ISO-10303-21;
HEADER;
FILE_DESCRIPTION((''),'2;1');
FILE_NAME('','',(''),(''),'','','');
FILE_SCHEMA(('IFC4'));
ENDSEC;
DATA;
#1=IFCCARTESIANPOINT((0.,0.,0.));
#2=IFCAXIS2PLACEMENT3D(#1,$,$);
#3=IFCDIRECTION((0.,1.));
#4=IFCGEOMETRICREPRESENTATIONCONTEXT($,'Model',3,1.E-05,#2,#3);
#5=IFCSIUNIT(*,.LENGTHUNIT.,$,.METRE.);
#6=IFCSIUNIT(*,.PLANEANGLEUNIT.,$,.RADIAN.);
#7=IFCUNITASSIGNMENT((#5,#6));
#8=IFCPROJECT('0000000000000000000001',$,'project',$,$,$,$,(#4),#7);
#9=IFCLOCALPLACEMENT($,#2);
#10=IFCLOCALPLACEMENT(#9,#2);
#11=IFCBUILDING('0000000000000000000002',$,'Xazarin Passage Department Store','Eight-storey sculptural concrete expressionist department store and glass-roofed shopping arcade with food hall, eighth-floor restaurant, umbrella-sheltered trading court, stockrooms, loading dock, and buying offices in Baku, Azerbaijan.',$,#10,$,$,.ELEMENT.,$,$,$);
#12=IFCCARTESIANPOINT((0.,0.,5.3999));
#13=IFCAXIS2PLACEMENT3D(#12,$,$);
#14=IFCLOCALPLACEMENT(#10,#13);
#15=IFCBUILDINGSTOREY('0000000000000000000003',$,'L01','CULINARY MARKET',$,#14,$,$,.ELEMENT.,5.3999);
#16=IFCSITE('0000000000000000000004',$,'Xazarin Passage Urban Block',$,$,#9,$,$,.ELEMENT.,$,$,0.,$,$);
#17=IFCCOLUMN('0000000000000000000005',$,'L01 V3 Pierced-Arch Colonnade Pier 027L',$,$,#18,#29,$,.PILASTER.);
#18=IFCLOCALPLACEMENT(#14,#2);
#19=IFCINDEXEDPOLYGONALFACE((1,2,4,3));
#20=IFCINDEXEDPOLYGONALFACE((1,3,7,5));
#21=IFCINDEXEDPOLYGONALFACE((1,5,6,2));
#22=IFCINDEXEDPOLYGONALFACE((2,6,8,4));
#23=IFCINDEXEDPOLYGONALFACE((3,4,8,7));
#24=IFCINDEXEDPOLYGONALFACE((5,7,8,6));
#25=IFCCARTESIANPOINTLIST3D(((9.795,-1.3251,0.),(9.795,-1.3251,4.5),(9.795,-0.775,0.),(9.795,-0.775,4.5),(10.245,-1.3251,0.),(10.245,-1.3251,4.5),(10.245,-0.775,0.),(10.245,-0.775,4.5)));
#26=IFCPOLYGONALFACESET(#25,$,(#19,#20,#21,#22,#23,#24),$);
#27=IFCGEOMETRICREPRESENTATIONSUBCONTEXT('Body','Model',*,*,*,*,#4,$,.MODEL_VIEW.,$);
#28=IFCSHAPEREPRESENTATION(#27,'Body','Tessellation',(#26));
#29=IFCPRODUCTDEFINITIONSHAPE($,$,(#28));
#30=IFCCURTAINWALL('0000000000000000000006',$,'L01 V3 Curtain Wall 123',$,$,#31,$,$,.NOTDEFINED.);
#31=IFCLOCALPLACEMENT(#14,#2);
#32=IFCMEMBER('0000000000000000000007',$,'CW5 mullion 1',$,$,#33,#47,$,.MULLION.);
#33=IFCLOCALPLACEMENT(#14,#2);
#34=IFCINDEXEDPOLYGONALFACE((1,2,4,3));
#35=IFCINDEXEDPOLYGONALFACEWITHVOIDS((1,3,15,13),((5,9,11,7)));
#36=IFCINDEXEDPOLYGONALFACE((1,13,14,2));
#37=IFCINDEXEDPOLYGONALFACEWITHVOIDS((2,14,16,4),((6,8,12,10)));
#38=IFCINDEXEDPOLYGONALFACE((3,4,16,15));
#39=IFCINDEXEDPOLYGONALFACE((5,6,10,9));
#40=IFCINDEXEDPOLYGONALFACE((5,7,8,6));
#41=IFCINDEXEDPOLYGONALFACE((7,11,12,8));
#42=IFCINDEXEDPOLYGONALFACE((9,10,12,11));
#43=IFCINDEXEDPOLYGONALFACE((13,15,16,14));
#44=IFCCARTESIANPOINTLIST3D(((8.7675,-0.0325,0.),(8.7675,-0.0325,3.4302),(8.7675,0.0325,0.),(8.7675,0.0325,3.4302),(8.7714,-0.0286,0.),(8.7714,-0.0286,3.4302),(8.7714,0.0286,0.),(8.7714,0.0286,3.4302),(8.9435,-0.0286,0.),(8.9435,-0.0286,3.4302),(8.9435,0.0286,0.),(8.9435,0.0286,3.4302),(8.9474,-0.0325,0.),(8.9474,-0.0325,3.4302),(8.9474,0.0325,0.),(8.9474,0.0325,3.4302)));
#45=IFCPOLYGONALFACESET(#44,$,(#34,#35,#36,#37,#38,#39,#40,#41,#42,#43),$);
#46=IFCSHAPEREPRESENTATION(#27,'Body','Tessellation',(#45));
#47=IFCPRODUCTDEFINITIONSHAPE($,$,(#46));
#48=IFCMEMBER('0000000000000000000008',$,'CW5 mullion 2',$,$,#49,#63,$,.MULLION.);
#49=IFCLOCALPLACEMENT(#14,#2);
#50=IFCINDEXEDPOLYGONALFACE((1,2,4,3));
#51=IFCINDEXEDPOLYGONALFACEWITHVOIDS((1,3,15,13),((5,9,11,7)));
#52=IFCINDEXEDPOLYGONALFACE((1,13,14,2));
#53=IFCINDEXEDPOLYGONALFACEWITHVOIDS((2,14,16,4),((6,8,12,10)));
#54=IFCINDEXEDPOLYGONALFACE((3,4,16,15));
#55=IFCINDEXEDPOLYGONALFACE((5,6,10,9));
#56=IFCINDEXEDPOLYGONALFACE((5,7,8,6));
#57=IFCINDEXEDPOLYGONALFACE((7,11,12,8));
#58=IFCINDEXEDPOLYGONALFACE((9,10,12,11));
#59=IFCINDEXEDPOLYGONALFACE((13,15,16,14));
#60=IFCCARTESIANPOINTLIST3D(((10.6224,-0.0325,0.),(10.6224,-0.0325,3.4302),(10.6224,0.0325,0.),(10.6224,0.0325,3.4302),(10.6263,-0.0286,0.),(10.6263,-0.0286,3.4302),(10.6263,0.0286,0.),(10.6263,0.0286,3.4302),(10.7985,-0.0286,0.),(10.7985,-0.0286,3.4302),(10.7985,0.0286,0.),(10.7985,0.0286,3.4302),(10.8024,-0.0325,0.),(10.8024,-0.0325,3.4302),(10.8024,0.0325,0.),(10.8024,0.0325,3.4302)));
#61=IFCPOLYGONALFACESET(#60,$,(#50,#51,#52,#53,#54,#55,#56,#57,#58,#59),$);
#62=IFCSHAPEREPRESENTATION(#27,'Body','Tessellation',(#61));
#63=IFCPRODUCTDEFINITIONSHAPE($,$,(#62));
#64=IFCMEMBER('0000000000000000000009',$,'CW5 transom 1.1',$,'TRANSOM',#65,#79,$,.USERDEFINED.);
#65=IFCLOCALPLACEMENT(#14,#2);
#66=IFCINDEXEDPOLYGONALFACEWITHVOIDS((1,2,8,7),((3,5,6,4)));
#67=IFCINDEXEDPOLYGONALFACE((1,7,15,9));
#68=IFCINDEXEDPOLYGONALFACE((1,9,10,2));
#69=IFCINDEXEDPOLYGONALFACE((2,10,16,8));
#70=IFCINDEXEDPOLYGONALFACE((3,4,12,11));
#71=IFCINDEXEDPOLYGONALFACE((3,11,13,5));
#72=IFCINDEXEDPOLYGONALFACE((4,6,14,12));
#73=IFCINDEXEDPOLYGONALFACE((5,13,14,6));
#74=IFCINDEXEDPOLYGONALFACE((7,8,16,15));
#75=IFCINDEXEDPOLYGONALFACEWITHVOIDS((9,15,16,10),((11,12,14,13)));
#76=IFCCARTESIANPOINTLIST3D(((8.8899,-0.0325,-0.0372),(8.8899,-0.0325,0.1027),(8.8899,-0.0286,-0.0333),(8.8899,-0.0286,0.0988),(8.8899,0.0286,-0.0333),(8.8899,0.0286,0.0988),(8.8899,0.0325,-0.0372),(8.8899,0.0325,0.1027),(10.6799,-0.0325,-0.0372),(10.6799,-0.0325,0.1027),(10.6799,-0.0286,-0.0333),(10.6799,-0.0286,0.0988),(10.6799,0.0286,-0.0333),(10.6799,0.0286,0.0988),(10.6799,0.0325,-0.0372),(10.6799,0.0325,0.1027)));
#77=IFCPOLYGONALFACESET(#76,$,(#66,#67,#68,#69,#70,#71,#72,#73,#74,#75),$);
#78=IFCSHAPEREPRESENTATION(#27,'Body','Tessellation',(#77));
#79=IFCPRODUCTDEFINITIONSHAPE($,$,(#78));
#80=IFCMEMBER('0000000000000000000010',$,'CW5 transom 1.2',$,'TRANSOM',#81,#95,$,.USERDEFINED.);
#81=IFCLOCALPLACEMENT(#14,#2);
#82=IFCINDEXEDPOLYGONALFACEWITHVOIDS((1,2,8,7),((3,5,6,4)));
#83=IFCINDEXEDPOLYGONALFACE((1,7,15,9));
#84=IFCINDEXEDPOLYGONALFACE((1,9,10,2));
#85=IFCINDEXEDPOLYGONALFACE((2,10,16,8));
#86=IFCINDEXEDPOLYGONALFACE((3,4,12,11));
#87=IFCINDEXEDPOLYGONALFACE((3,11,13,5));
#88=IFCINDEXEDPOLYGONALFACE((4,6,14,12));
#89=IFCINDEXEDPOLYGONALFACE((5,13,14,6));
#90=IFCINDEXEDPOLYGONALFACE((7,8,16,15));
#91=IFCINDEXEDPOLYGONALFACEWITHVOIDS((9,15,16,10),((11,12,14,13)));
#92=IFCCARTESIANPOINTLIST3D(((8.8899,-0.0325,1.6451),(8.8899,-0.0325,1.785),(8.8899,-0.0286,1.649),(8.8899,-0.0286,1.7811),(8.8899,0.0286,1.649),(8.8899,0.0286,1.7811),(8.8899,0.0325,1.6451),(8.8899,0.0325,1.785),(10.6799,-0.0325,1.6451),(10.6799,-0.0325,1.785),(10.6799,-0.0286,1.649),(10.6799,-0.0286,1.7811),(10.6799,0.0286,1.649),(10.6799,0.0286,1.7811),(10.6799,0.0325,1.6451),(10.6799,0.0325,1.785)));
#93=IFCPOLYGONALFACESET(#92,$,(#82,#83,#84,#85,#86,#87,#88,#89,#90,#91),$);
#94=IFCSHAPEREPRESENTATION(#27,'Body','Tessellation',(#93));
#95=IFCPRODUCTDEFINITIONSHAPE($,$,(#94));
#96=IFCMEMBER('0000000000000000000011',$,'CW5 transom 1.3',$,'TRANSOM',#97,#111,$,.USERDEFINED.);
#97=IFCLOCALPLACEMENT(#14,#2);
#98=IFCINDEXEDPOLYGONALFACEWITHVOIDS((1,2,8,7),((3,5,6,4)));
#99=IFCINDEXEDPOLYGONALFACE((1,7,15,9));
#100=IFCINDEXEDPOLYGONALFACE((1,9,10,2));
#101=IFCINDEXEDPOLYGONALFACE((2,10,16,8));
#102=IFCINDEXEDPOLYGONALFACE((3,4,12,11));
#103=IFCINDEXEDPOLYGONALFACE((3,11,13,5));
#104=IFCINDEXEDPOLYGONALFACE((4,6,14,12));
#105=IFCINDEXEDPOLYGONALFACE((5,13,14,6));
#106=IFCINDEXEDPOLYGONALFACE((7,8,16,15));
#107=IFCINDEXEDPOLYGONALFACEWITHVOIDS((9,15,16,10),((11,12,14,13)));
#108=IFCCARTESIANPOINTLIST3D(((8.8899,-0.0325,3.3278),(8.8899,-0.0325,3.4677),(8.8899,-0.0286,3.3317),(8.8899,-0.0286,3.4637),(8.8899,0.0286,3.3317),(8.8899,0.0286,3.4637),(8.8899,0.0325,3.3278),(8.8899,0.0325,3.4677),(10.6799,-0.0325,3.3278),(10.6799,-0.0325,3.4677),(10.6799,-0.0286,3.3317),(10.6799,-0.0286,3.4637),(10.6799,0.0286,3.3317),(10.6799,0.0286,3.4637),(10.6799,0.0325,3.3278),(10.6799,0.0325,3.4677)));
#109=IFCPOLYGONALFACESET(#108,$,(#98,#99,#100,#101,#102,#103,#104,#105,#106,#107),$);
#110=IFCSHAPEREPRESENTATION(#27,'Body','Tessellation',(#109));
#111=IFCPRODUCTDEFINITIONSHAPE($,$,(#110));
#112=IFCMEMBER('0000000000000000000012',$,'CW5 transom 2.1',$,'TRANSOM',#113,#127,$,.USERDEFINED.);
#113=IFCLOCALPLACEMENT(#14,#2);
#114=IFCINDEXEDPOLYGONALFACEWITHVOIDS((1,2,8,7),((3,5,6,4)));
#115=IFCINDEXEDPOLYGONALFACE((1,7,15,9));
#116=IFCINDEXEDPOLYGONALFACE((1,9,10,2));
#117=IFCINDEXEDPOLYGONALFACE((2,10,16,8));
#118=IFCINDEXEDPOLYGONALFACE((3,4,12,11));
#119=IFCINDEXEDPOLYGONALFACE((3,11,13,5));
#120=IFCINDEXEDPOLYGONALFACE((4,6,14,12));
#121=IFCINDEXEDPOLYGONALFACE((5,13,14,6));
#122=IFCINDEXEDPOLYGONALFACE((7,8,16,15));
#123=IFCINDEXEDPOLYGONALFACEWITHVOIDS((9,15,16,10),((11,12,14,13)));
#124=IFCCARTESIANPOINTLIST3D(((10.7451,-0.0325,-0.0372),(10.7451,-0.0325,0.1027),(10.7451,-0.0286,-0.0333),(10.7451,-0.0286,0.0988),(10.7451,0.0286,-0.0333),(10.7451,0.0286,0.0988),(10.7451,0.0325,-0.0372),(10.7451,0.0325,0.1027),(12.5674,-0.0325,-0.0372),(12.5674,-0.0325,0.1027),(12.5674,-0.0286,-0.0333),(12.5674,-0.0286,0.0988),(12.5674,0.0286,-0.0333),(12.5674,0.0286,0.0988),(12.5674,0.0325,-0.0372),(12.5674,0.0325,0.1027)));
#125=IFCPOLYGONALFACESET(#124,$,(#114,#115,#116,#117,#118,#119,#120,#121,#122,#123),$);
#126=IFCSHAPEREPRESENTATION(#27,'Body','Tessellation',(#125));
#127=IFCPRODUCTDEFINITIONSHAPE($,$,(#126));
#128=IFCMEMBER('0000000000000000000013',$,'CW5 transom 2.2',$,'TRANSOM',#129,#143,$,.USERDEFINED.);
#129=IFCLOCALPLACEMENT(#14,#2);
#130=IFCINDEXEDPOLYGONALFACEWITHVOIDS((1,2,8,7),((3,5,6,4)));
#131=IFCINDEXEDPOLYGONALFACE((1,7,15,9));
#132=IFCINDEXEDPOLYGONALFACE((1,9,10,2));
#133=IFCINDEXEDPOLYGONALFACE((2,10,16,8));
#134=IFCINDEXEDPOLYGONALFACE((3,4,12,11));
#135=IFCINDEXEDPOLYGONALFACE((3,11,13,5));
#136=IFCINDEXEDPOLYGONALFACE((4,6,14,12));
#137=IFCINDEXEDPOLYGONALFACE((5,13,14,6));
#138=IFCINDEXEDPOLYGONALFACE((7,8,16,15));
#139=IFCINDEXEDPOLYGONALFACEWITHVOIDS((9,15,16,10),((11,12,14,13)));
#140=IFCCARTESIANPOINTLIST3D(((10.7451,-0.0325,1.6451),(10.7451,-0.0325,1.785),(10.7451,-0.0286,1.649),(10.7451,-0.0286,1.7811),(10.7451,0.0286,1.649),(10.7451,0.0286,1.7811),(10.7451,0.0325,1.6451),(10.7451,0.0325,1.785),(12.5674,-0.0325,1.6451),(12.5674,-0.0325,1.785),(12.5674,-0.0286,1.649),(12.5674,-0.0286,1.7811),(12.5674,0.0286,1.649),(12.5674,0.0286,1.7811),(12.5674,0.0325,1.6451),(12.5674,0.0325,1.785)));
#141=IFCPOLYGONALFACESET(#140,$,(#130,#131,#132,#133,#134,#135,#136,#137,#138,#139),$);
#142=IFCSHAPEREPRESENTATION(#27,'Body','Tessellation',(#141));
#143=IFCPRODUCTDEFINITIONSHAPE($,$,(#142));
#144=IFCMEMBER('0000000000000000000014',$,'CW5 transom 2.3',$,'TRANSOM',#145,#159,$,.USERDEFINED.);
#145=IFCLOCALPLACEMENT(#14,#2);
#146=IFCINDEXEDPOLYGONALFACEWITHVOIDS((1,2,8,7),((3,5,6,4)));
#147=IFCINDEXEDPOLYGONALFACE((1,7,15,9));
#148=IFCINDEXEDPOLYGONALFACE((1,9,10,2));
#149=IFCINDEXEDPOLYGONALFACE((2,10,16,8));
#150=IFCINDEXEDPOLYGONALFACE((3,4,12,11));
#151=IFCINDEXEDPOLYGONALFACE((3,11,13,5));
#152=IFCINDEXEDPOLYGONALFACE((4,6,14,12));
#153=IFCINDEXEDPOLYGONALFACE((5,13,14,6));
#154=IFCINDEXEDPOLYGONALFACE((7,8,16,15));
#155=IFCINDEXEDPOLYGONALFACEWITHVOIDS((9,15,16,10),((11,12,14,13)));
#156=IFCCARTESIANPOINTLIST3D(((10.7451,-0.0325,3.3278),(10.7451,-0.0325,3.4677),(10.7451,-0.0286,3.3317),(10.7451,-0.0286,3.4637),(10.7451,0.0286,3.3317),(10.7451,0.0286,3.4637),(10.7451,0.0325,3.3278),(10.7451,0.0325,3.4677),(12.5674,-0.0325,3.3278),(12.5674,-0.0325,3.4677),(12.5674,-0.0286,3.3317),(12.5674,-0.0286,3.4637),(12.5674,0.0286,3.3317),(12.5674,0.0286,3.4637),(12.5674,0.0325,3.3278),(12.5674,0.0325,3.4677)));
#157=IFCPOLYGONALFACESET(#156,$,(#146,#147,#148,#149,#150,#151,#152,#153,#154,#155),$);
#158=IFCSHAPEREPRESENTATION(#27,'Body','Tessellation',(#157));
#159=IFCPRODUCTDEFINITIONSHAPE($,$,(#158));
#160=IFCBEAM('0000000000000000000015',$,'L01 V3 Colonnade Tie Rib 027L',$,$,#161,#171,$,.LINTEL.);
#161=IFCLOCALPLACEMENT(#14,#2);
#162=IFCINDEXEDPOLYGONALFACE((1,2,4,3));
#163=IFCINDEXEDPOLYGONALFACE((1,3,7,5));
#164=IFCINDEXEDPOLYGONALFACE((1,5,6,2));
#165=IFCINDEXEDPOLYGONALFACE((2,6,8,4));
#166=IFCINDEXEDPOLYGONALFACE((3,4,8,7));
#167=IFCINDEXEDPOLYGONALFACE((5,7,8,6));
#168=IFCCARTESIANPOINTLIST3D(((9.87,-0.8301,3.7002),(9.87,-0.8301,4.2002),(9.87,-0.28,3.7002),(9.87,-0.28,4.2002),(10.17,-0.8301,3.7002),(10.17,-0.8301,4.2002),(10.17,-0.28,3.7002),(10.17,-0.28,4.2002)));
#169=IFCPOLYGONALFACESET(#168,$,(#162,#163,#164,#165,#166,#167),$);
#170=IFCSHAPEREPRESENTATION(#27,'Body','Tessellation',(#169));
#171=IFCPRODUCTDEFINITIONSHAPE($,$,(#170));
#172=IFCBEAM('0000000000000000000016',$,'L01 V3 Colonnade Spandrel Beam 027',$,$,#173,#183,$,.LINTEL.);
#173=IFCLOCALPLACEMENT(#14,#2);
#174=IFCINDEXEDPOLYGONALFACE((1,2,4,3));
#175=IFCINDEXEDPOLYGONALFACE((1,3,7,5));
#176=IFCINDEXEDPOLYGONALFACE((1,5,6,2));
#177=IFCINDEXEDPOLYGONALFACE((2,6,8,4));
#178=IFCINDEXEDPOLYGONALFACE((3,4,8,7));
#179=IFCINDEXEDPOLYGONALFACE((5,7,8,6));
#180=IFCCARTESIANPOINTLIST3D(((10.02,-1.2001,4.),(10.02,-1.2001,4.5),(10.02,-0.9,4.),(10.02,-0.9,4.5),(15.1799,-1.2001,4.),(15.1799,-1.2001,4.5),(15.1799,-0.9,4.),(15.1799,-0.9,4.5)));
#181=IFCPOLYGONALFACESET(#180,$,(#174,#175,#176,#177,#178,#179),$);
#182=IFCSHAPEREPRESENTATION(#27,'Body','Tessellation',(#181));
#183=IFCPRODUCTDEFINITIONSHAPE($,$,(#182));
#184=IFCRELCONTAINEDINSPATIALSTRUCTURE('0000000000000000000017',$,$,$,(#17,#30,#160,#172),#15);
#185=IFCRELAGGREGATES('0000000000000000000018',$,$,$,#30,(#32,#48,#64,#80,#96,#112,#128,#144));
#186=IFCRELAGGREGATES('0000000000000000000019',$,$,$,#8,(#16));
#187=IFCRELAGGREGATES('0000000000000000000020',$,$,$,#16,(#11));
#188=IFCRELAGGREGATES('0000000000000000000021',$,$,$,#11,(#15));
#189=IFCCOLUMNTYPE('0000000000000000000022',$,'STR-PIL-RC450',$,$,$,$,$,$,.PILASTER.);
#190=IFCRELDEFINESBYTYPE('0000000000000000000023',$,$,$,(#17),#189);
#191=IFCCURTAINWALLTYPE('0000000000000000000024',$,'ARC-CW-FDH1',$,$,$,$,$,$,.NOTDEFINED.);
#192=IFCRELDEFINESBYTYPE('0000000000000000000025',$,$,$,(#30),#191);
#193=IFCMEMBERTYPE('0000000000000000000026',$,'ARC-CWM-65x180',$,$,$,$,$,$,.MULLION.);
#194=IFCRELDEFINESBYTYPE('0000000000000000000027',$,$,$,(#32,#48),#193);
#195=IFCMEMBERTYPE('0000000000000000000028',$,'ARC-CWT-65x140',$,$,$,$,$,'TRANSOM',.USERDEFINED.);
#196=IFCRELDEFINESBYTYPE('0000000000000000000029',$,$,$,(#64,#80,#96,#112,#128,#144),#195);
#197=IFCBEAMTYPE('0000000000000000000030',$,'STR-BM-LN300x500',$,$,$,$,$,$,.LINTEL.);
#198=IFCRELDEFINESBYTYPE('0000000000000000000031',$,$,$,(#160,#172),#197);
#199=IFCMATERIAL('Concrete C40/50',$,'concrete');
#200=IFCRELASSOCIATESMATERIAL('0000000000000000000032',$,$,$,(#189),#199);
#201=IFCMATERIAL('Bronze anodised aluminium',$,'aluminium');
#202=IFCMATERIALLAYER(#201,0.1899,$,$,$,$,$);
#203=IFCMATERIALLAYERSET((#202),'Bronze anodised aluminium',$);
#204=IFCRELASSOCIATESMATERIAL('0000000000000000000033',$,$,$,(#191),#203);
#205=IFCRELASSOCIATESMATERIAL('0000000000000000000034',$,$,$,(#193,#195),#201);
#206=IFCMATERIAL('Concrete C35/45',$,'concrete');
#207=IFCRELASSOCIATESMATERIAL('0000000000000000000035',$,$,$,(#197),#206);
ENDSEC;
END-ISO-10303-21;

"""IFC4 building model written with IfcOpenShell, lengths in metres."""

from ifc_helpers import new_model, si_unit, direction, frame, origin, origin_2d, place, context, subcontext, project, spatial, rectangle, hollow_rectangle, extrude, material, layer, layer_set, material_profile, profile_set, type_object, element, aggregate, save


model = new_model("IFC4")

# Units and contexts
model_context = context("Model", 3, precision=1e-05, world=origin(), true_north=direction((0.0, 1.0)))
body_context = subcontext(model_context, "Body", "Model", "MODEL_VIEW")
ifc_project = project(units=[si_unit("LENGTHUNIT", "METRE"), si_unit("PLANEANGLEUNIT", "RADIAN")], contexts=[model_context])

# Site, building, storey
site_placement = place(None, origin())
site = spatial("IfcSite", under=ifc_project, at=site_placement, Name="Xazarin Passage Urban Block", CompositionType="ELEMENT", RefElevation=0.0)
building_placement = place(site_placement, origin())
building = spatial("IfcBuilding", under=site, at=building_placement, Name="Xazarin Passage Department Store", Description="Eight-storey sculptural concrete expressionist department store and glass-roofed shopping arcade with food hall, eighth-floor restaurant, umbrella-sheltered trading court, stockrooms, loading dock, and buying offices in Baku, Azerbaijan.", CompositionType="ELEMENT")
storey_placement = place(building_placement, frame((0.0, 0.0, 5.3999)))
storey = spatial("IfcBuildingStorey", under=building, at=storey_placement, Name="L01", Description="CULINARY MARKET", CompositionType="ELEMENT", Elevation=5.3999)

# Column
ifc_material_1 = material(Name="Concrete C40/50", Category="concrete")
ifc_material_profile_1 = material_profile(ifc_material_1, rectangle(XDim=0.45, YDim=0.55, at=origin_2d()), Name="RC 450x550")
ifc_profile_set_1 = profile_set([ifc_material_profile_1], Name="Concrete C40/50")
column_type = type_object("IfcColumnType", Name="STR-PIL-RC450", PredefinedType="PILASTER", material=ifc_profile_set_1)
column_placement = place(storey_placement, frame((10.02, -1.05, 0.0), z_axis=(0.0, 0.0, 1.0), x_axis=(1.0, 0.0, 0.0)))
element("IfcColumn", 1, at=column_placement, inside=storey, type_object=column_type, Name="L01 V3 Pierced-Arch Colonnade Pier 027L", PredefinedType="PILASTER", context=body_context, shape_type="SweptSolid", body=[
    extrude(rectangle(XDim=0.45, YDim=0.55, at=origin_2d()), origin(), (0.0, 0.0, 1.0), 4.5),
])

# Curtain wall, members
ifc_material_2 = material(Name="Bronze anodised aluminium", Category="aluminium")
ifc_layer_1 = layer(ifc_material_2, 0.1899)
ifc_layer_set_1 = layer_set([ifc_layer_1], Name="Bronze anodised aluminium")
curtain_wall_type = type_object("IfcCurtainWallType", Name="ARC-CW-FDH1", PredefinedType="NOTDEFINED", material=ifc_layer_set_1)
curtain_wall_placement = place(storey_placement, origin())
curtain_wall = element("IfcCurtainWall", 2, at=curtain_wall_placement, inside=storey, type_object=curtain_wall_type, Name="L01 V3 Curtain Wall 123", PredefinedType="NOTDEFINED")
ifc_material_profile_2 = material_profile(ifc_material_2, hollow_rectangle(XDim=0.0649, YDim=0.1799, WallThickness=0.0039, at=origin_2d()), Name="ALU 65x180")
ifc_profile_set_2 = profile_set([ifc_material_profile_2], Name="Bronze anodised aluminium")
member_type_1 = type_object("IfcMemberType", Name="ARC-CWM-65x180", PredefinedType="MULLION", material=ifc_profile_set_2)
member_1_placement = place(storey_placement, frame((8.8574, 0.0, 0.0), z_axis=(0.0, 0.0, 1.0), x_axis=(0.0, 1.0, 0.0)))
member_1 = element("IfcMember", 3, at=member_1_placement, type_object=member_type_1, Name="CW5 mullion 1", PredefinedType="MULLION", context=body_context, shape_type="SweptSolid", body=[
    extrude(hollow_rectangle(XDim=0.0649, YDim=0.1799, WallThickness=0.0039, at=origin_2d()), origin(), (0.0, 0.0, 1.0), 3.4302),
])
member_2_placement = place(storey_placement, frame((10.7124, 0.0, 0.0), z_axis=(0.0, 0.0, 1.0), x_axis=(0.0, 1.0, 0.0)))
member_2 = element("IfcMember", 4, at=member_2_placement, type_object=member_type_1, Name="CW5 mullion 2", PredefinedType="MULLION", context=body_context, shape_type="SweptSolid", body=[
    extrude(hollow_rectangle(XDim=0.0649, YDim=0.1799, WallThickness=0.0039, at=origin_2d()), origin(), (0.0, 0.0, 1.0), 3.4302),
])
ifc_material_profile_3 = material_profile(ifc_material_2, hollow_rectangle(XDim=0.0649, YDim=0.1399, WallThickness=0.0039, at=origin_2d()), Name="ALU 65x140")
ifc_profile_set_3 = profile_set([ifc_material_profile_3], Name="Bronze anodised aluminium")
member_type_2 = type_object("IfcMemberType", Name="ARC-CWT-65x140", ElementType="TRANSOM", PredefinedType="USERDEFINED", material=ifc_profile_set_3)
member_3_placement = place(storey_placement, frame((8.8899, 0.0, 0.0327), z_axis=(1.0, 0.0, 0.0), x_axis=(0.0, 1.0, 0.0)))
member_3 = element("IfcMember", 5, at=member_3_placement, type_object=member_type_2, Name="CW5 transom 1.1", ObjectType="TRANSOM", PredefinedType="USERDEFINED", context=body_context, shape_type="SweptSolid", body=[
    extrude(hollow_rectangle(XDim=0.0649, YDim=0.1399, WallThickness=0.0039, at=origin_2d()), origin(), (0.0, 0.0, 1.0), 1.79),
])
member_4_placement = place(storey_placement, frame((8.8899, 0.0, 1.7151), z_axis=(1.0, 0.0, 0.0), x_axis=(0.0, 1.0, 0.0)))
member_4 = element("IfcMember", 6, at=member_4_placement, type_object=member_type_2, Name="CW5 transom 1.2", ObjectType="TRANSOM", PredefinedType="USERDEFINED", context=body_context, shape_type="SweptSolid", body=[
    extrude(hollow_rectangle(XDim=0.0649, YDim=0.1399, WallThickness=0.0039, at=origin_2d()), origin(), (0.0, 0.0, 1.0), 1.79),
])
member_5_placement = place(storey_placement, frame((8.8899, 0.0, 3.3977), z_axis=(1.0, 0.0, 0.0), x_axis=(0.0, 1.0, 0.0)))
member_5 = element("IfcMember", 7, at=member_5_placement, type_object=member_type_2, Name="CW5 transom 1.3", ObjectType="TRANSOM", PredefinedType="USERDEFINED", context=body_context, shape_type="SweptSolid", body=[
    extrude(hollow_rectangle(XDim=0.0649, YDim=0.1399, WallThickness=0.0039, at=origin_2d()), origin(), (0.0, 0.0, 1.0), 1.79),
])
member_6_placement = place(storey_placement, frame((10.7451, 0.0, 0.0327), z_axis=(1.0, 0.0, 0.0), x_axis=(0.0, 1.0, 0.0)))
member_6 = element("IfcMember", 8, at=member_6_placement, type_object=member_type_2, Name="CW5 transom 2.1", ObjectType="TRANSOM", PredefinedType="USERDEFINED", context=body_context, shape_type="SweptSolid", body=[
    extrude(hollow_rectangle(XDim=0.0649, YDim=0.1399, WallThickness=0.0039, at=origin_2d()), origin(), (0.0, 0.0, 1.0), 1.8223),
])
member_7_placement = place(storey_placement, frame((10.7451, 0.0, 1.7151), z_axis=(1.0, 0.0, 0.0), x_axis=(0.0, 1.0, 0.0)))
member_7 = element("IfcMember", 9, at=member_7_placement, type_object=member_type_2, Name="CW5 transom 2.2", ObjectType="TRANSOM", PredefinedType="USERDEFINED", context=body_context, shape_type="SweptSolid", body=[
    extrude(hollow_rectangle(XDim=0.0649, YDim=0.1399, WallThickness=0.0039, at=origin_2d()), origin(), (0.0, 0.0, 1.0), 1.8223),
])
member_8_placement = place(storey_placement, frame((10.7451, 0.0, 3.3977), z_axis=(1.0, 0.0, 0.0), x_axis=(0.0, 1.0, 0.0)))
member_8 = element("IfcMember", 10, at=member_8_placement, type_object=member_type_2, Name="CW5 transom 2.3", ObjectType="TRANSOM", PredefinedType="USERDEFINED", context=body_context, shape_type="SweptSolid", body=[
    extrude(hollow_rectangle(XDim=0.0649, YDim=0.1399, WallThickness=0.0039, at=origin_2d()), origin(), (0.0, 0.0, 1.0), 1.8223),
])

# Beams
ifc_material_3 = material(Name="Concrete C35/45", Category="concrete")
ifc_material_profile_4 = material_profile(ifc_material_3, rectangle(XDim=0.3, YDim=0.5, at=origin_2d()), Name="RC 300x500")
ifc_profile_set_4 = profile_set([ifc_material_profile_4], Name="Concrete C35/45")
beam_type_1 = type_object("IfcBeamType", Name="STR-BM-LN300x500", PredefinedType="LINTEL", material=ifc_profile_set_4)
beam_1_placement = place(storey_placement, frame((10.02, -0.28, 3.9502), z_axis=(0.0, -1.0, 0.0), x_axis=(1.0, 0.0, 0.0)))
element("IfcBeam", 11, at=beam_1_placement, inside=storey, type_object=beam_type_1, Name="L01 V3 Colonnade Tie Rib 027L", PredefinedType="LINTEL", context=body_context, shape_type="SweptSolid", body=[
    extrude(rectangle(XDim=0.3, YDim=0.5, at=origin_2d()), origin(), (0.0, 0.0, 1.0), 0.55),
])
beam_2_placement = place(storey_placement, frame((10.02, -1.05, 4.25), z_axis=(1.0, 0.0, 0.0), x_axis=(0.0, 1.0, 0.0)))
element("IfcBeam", 12, at=beam_2_placement, inside=storey, type_object=beam_type_1, Name="L01 V3 Colonnade Spandrel Beam 027", PredefinedType="LINTEL", context=body_context, shape_type="SweptSolid", body=[
    extrude(rectangle(XDim=0.3, YDim=0.5, at=origin_2d()), origin(), (0.0, 0.0, 1.0), 5.1599),
])

aggregate(curtain_wall, [member_1, member_2, member_3, member_4, member_5, member_6, member_7, member_8])

save(model, "model.ifc")
